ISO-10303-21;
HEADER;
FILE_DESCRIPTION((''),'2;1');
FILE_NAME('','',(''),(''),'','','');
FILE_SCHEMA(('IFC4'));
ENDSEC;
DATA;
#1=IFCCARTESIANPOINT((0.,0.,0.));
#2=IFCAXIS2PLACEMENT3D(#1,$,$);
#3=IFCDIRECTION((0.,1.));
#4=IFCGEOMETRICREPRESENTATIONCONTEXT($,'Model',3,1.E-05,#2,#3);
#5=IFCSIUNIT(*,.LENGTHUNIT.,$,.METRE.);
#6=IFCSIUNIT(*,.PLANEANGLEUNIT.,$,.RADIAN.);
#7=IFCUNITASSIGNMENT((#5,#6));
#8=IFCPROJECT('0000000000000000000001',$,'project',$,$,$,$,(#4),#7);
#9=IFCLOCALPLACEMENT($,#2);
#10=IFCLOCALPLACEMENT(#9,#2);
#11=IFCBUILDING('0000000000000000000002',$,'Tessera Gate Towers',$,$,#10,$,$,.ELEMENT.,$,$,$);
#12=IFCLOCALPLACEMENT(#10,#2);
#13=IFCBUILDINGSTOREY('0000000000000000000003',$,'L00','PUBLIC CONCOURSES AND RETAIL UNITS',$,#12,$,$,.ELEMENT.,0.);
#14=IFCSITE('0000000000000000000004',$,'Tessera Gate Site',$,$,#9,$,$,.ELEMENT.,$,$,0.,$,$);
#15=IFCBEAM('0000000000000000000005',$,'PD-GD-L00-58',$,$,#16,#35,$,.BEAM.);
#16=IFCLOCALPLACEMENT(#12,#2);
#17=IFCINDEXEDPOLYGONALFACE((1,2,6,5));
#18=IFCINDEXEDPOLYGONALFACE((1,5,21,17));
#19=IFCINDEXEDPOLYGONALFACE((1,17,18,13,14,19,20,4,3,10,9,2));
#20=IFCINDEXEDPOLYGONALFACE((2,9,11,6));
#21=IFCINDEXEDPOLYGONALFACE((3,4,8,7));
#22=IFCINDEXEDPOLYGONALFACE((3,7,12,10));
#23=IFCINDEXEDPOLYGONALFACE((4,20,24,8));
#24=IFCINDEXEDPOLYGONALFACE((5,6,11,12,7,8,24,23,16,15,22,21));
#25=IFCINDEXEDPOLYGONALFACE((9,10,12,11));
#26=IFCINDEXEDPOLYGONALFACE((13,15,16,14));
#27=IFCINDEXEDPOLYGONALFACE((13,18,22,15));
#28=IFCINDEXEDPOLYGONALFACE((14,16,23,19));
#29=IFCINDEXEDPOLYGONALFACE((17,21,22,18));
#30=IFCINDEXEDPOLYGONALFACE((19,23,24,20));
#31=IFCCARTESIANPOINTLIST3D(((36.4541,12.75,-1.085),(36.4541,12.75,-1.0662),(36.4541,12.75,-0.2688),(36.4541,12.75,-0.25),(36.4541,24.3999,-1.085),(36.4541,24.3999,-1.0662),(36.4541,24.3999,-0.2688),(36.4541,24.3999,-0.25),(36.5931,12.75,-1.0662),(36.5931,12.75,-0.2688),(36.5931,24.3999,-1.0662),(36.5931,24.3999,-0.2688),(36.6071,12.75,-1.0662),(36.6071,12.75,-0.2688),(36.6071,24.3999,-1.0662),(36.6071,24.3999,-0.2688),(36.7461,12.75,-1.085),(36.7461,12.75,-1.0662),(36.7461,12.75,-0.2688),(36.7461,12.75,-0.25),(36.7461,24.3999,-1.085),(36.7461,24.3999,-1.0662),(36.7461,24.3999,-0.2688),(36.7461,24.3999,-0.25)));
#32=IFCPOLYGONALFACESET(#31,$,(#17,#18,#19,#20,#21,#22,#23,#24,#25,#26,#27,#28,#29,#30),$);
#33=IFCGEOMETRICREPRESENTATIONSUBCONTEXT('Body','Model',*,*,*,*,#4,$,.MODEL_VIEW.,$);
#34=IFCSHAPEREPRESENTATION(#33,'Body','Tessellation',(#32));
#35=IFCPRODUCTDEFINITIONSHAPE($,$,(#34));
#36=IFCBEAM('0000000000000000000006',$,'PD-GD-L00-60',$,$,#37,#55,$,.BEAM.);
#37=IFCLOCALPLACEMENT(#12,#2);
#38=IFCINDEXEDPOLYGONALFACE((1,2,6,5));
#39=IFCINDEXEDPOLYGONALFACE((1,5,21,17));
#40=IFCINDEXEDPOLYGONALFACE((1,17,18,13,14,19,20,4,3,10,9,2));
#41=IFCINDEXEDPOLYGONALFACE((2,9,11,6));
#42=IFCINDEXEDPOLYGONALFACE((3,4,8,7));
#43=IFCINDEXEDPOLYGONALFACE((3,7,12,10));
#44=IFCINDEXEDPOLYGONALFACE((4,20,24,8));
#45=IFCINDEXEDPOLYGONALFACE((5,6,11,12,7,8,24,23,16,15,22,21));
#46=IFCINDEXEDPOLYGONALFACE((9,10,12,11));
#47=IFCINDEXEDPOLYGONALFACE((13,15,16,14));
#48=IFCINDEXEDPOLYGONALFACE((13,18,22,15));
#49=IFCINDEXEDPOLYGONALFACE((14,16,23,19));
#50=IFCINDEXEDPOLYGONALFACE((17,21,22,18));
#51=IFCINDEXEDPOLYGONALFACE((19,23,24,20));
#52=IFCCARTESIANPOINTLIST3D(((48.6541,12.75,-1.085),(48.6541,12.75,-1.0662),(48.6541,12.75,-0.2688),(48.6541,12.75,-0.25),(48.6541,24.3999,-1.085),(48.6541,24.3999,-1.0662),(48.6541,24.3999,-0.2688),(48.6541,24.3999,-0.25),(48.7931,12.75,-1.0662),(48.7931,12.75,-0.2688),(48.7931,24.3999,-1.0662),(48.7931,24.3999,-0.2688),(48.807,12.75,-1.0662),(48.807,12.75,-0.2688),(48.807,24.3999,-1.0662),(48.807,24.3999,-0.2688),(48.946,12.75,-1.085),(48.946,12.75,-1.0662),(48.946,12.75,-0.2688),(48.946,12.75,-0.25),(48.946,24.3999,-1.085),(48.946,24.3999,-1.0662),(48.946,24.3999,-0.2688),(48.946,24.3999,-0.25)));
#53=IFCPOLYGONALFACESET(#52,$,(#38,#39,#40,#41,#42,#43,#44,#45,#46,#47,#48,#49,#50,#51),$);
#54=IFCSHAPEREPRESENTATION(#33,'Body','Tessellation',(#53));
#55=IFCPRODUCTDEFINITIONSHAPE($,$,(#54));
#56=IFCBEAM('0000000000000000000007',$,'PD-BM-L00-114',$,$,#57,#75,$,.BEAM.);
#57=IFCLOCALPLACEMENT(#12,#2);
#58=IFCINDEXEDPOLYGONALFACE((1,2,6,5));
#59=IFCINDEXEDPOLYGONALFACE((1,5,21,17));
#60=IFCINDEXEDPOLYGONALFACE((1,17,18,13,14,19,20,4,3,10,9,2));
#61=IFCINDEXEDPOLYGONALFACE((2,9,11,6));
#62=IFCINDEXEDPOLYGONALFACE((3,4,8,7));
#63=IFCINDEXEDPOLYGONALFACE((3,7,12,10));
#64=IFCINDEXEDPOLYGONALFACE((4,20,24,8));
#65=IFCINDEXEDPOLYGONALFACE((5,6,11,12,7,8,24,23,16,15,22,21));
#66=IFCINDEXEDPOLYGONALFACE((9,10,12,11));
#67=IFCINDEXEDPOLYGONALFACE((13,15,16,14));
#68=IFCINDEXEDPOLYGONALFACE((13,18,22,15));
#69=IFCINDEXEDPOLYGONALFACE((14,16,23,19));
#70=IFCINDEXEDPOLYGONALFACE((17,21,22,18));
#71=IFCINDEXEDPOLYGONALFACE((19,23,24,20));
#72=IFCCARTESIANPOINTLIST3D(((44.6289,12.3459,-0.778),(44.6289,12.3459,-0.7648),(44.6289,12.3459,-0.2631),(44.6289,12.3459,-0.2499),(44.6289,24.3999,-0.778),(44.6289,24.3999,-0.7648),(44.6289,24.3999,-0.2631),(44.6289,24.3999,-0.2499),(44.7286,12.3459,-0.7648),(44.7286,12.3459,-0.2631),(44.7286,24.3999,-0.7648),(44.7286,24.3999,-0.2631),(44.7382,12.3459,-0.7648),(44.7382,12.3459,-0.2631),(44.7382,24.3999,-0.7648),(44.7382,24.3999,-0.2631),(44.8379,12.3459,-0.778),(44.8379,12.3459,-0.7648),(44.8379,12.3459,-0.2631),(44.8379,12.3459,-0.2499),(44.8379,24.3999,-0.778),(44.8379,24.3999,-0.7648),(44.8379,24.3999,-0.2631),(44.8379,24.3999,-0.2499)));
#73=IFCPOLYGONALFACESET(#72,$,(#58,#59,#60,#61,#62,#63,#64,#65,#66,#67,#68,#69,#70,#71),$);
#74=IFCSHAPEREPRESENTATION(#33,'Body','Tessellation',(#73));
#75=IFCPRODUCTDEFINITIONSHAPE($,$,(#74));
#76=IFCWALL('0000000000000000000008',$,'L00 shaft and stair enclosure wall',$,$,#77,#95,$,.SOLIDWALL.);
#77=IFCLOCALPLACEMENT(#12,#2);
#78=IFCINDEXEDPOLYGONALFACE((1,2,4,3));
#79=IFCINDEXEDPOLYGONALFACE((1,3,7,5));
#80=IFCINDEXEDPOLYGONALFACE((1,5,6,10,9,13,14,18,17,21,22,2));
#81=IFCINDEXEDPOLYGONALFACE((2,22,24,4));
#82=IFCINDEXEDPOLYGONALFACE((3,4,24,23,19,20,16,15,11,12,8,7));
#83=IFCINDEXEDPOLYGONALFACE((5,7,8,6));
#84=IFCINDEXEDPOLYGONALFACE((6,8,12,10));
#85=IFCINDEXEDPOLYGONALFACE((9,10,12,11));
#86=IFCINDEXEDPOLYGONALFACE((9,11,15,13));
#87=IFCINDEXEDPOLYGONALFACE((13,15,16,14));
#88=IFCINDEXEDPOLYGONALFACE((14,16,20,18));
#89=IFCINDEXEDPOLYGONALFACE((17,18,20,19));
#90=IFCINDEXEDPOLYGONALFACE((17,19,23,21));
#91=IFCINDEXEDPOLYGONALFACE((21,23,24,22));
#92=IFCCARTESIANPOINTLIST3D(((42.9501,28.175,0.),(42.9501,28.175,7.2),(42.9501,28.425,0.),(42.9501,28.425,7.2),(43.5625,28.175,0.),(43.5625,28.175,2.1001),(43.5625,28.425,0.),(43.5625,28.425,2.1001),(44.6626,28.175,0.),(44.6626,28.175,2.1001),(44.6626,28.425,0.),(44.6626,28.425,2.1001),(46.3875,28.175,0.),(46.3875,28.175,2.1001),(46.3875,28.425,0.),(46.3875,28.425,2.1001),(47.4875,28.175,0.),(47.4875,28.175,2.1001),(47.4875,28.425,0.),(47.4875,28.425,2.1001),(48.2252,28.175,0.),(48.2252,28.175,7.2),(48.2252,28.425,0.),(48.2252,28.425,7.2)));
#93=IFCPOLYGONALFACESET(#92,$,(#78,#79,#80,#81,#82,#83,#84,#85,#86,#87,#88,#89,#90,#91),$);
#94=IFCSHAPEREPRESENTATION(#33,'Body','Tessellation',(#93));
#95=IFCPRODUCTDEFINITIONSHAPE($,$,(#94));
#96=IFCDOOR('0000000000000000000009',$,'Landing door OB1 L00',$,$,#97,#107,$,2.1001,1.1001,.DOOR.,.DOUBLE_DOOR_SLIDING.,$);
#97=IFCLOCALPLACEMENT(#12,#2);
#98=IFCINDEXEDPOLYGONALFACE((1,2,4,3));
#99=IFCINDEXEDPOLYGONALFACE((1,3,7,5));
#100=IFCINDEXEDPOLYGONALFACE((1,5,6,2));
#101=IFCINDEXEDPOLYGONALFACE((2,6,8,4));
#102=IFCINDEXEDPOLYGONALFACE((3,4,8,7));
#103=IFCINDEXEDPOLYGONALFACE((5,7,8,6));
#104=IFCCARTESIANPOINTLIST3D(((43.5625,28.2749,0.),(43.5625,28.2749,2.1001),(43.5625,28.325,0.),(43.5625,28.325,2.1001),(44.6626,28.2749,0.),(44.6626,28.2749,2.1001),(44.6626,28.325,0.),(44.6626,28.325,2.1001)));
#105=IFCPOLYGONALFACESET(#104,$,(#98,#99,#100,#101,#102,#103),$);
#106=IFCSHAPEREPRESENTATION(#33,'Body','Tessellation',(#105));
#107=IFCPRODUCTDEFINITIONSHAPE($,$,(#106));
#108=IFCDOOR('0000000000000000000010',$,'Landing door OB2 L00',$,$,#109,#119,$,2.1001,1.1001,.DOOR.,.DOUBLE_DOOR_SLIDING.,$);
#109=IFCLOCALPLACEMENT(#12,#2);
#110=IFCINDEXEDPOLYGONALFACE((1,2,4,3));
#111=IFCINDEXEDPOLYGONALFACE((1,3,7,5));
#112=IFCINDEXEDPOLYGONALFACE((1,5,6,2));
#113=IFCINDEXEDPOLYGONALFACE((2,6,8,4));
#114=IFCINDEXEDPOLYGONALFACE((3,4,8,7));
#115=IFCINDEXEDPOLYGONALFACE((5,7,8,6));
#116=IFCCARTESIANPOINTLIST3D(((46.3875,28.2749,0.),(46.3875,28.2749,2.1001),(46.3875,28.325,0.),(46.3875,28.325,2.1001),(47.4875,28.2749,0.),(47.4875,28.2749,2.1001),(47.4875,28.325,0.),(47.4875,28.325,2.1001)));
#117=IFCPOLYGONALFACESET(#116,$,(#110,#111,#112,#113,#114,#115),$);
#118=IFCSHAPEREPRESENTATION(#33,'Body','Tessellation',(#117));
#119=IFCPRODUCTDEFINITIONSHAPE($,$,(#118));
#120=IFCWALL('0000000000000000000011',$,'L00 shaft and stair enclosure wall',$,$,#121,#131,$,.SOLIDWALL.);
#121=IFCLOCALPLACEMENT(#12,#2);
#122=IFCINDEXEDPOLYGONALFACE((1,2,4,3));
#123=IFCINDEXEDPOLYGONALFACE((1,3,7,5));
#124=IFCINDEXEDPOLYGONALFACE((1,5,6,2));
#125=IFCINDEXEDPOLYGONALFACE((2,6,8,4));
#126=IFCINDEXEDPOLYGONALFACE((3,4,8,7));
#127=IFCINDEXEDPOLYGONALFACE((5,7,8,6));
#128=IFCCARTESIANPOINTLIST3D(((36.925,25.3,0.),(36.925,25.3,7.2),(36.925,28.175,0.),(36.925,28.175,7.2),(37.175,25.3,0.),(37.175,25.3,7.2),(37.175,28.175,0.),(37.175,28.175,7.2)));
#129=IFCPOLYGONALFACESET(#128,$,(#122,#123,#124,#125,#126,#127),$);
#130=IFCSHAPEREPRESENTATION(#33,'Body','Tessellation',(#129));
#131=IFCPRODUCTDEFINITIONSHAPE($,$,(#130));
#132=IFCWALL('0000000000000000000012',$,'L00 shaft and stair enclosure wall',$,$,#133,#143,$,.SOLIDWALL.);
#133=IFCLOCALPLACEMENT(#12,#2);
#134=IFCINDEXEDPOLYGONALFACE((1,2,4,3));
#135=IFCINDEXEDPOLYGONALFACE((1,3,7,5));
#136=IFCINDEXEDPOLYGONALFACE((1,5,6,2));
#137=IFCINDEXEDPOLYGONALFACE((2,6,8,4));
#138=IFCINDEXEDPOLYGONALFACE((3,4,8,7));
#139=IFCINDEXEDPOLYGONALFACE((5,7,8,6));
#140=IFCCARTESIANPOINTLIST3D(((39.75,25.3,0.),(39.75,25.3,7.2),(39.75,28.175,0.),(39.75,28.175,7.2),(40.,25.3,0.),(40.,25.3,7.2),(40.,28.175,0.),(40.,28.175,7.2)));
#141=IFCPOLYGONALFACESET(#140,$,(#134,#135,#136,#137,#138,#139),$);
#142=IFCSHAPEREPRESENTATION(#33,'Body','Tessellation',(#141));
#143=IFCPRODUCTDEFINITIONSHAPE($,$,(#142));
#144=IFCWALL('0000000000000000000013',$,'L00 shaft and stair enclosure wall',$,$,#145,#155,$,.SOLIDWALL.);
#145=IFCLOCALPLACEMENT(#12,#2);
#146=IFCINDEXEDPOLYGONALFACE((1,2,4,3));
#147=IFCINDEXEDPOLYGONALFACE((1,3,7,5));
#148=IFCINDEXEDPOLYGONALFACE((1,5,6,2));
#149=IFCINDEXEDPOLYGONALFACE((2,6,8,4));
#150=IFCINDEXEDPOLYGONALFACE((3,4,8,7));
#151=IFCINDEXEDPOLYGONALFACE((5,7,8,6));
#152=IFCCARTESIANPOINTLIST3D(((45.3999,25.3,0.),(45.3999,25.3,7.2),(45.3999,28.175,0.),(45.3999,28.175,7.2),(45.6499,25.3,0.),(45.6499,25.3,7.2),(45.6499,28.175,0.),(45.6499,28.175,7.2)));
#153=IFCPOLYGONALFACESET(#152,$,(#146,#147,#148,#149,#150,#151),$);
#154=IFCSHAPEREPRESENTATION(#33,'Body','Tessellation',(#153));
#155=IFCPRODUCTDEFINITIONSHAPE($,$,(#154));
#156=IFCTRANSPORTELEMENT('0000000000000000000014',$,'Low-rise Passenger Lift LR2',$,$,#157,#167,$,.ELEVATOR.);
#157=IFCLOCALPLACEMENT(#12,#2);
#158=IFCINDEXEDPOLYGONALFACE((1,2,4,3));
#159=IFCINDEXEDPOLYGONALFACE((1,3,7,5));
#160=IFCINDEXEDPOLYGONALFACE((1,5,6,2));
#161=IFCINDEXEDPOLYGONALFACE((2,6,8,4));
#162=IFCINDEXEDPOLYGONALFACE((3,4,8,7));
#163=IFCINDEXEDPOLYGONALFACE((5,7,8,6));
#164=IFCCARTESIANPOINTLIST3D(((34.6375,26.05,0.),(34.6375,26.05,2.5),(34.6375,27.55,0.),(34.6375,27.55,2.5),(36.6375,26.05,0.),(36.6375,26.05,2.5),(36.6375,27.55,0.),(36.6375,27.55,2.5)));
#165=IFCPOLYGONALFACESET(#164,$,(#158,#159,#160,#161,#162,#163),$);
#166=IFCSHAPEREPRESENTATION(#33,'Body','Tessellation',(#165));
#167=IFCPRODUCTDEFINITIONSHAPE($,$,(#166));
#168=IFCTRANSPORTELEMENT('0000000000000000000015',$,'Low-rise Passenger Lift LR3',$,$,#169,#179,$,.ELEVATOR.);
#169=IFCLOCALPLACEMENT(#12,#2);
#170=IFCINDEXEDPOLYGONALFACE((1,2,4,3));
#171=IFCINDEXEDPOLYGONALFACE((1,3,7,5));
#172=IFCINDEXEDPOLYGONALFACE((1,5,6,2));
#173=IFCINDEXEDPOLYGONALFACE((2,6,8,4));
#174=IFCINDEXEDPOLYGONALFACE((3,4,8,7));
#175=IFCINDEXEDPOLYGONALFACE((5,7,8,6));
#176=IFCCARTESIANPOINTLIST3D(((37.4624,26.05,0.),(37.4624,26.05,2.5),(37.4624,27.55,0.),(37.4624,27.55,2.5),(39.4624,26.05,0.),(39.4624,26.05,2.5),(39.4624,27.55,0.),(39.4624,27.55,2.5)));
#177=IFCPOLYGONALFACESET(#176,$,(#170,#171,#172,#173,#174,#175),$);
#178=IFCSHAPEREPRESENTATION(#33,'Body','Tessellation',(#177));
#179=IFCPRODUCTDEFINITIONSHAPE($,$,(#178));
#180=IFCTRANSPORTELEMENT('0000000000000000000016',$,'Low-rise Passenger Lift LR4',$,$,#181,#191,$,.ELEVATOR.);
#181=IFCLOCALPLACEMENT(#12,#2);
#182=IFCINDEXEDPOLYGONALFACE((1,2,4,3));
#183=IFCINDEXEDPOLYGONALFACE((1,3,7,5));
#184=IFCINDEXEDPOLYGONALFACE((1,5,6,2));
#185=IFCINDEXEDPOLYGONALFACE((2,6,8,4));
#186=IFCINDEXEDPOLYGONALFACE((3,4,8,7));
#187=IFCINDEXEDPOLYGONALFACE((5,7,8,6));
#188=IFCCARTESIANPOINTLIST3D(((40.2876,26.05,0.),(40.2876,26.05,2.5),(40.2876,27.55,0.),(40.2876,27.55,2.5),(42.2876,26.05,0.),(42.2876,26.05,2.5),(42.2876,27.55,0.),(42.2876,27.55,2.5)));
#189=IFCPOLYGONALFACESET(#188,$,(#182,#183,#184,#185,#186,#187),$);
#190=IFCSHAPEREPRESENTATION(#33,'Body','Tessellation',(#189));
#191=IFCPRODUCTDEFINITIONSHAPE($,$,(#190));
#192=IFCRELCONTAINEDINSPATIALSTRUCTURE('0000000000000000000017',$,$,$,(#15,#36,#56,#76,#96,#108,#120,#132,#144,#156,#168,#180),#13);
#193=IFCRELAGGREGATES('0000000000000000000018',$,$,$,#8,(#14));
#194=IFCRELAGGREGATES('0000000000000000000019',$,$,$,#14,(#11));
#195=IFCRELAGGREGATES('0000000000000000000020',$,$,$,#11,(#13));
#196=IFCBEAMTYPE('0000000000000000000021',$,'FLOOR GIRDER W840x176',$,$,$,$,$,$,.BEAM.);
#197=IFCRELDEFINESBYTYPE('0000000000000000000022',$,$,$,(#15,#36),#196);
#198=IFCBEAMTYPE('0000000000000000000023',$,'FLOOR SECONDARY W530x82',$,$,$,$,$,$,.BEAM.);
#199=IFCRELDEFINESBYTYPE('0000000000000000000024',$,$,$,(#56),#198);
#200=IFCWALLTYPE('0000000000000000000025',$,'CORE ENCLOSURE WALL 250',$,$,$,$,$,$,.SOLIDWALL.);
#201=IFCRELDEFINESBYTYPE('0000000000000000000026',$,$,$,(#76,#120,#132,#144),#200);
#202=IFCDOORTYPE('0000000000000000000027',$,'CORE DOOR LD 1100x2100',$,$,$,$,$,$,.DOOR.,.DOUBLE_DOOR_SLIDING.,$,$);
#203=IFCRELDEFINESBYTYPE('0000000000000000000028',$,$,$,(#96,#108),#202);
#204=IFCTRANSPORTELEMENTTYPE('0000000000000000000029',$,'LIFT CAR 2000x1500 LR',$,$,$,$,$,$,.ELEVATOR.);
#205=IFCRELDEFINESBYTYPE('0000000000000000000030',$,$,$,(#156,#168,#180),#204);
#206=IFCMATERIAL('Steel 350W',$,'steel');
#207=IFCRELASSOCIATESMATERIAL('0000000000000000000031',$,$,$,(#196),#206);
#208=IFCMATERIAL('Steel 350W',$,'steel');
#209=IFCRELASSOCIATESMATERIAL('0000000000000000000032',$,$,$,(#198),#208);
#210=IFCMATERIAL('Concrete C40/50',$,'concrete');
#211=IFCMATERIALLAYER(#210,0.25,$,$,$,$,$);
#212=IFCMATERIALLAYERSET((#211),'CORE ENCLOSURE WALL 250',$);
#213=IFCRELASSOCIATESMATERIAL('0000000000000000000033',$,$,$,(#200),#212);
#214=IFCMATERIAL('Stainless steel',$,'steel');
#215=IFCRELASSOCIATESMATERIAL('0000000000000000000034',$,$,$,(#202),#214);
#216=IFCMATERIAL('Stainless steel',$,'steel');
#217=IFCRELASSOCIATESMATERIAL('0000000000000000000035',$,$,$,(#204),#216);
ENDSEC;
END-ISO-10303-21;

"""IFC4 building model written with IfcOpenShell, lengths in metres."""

from ifc_helpers import new_model, si_unit, direction, frame, frame_2d, origin, origin_2d, place, context, subcontext, project, spatial, rectangle, i_section, extrude, source, transform, mapped, material, layer, layer_set, material_profile, profile_set, type_object, element, fill, save


model = new_model("IFC4")

# Units and contexts
model_context = context("Model", 3, precision=1e-05, world=origin(), true_north=direction((0.0, 1.0)))
body_context = subcontext(model_context, "Body", "Model", "MODEL_VIEW")
ifc_project = project(units=[si_unit("LENGTHUNIT", "METRE"), si_unit("PLANEANGLEUNIT", "RADIAN")], contexts=[model_context])

# Site, building, storey
site_placement = place(None, origin())
site = spatial("IfcSite", under=ifc_project, at=site_placement, Name="Tessera Gate Site", CompositionType="ELEMENT", RefElevation=0.0)
building_placement = place(site_placement, origin())
building = spatial("IfcBuilding", under=site, at=building_placement, Name="Tessera Gate Towers", CompositionType="ELEMENT")
storey_placement = place(building_placement, origin())
storey = spatial("IfcBuildingStorey", under=building, at=storey_placement, Name="L00", Description="PUBLIC CONCOURSES AND RETAIL UNITS", CompositionType="ELEMENT", Elevation=0.0)

# Beams
ifc_material_1 = material(Name="Steel 350W", Category="steel")
ifc_material_profile_1 = material_profile(ifc_material_1, i_section(OverallWidth=0.292, OverallDepth=0.835, WebThickness=0.0139, FlangeThickness=0.0188, at=origin_2d()), Name="W840x176")
ifc_profile_set_1 = profile_set([ifc_material_profile_1], Name="Steel 350W")
beam_type_1 = type_object("IfcBeamType", Name="FLOOR GIRDER W840x176", PredefinedType="BEAM", material=ifc_profile_set_1)
for number, where, z_axis, x_axis, name in (
    (1, (36.6001, 12.75, -0.6675), (0.0, 1.0, 0.0), (-1.0, 0.0, 0.0), "PD-GD-L00-58"),
    (2, (48.8, 12.75, -0.6675), (0.0, 1.0, 0.0), (-1.0, 0.0, 0.0), "PD-GD-L00-60"),
):
    element("IfcBeam", number, at=place(storey_placement, frame(where, z_axis=z_axis, x_axis=x_axis)), inside=storey, type_object=beam_type_1, Name=name, PredefinedType="BEAM", context=body_context, shape_type="SweptSolid", body=[
        extrude(i_section(OverallWidth=0.292, OverallDepth=0.835, WebThickness=0.0139, FlangeThickness=0.0188, at=origin_2d()), origin(), (0.0, 0.0, 1.0), 11.6499),
    ])
ifc_material_2 = material(Name="Steel 350W", Category="steel")
ifc_material_profile_2 = material_profile(ifc_material_2, i_section(OverallWidth=0.209, OverallDepth=0.5281, WebThickness=0.0095, FlangeThickness=0.0132, at=origin_2d()), Name="W530x82")
ifc_profile_set_2 = profile_set([ifc_material_profile_2], Name="Steel 350W")
beam_type_2 = type_object("IfcBeamType", Name="FLOOR SECONDARY W530x82", PredefinedType="BEAM", material=ifc_profile_set_2)
beam_placement = place(storey_placement, frame((44.7334, 12.3459, -0.5139), z_axis=(0.0, 1.0, 0.0), x_axis=(-1.0, 0.0, 0.0)))
element("IfcBeam", 3, at=beam_placement, inside=storey, type_object=beam_type_2, Name="PD-BM-L00-114", PredefinedType="BEAM", context=body_context, shape_type="SweptSolid", body=[
    extrude(i_section(OverallWidth=0.209, OverallDepth=0.5281, WebThickness=0.0095, FlangeThickness=0.0132, at=origin_2d()), origin(), (0.0, 0.0, 1.0), 12.054),
])

# Wall, openings, doors
ifc_material_3 = material(Name="Concrete C40/50", Category="concrete")
ifc_layer_1 = layer(ifc_material_3, 0.25)
ifc_layer_set_1 = layer_set([ifc_layer_1], Name="CORE ENCLOSURE WALL 250")
wall_type_1 = type_object("IfcWallType", Name="CORE ENCLOSURE WALL 250", PredefinedType="SOLIDWALL", material=ifc_layer_set_1)
wall_1_placement = place(storey_placement, frame((42.95, 28.3, 0.0), z_axis=(0.0, 0.0, 1.0), x_axis=(1.0, 0.0, 0.0)))
wall_1 = element("IfcWall", 4, at=wall_1_placement, inside=storey, type_object=wall_type_1, Name="L00 shaft and stair enclosure wall", PredefinedType="SOLIDWALL", context=body_context, shape_type="SweptSolid", body=[
    extrude(rectangle(XDim=5.2751, YDim=0.25, at=frame_2d((2.6377, 0.0))), origin(), (0.0, 0.0, 1.0), 7.2),
])
shared_shape_1 = source(origin(), body_context, "Body", "SweptSolid", [
    extrude(rectangle(XDim=1.1001, YDim=2.1001, at=frame_2d((0.55, 1.05))), frame((0.0, 0.135, 0.0), z_axis=(0.0, -1.0, 0.0), x_axis=(1.0, 0.0, 0.0)), (0.0, 0.0, 1.0), 0.27),
])
opening_1_placement = place(wall_1_placement, frame((0.6125, 0.0, 0.0)))
opening_1 = element("IfcOpeningElement", 5, at=opening_1_placement, cuts=wall_1, PredefinedType="OPENING", context=body_context, shape_type="MappedRepresentation", body=[
    mapped(shared_shape_1, transform((0.0, 0.0, 0.0), scale=1.0)),
])
opening_2_placement = place(wall_1_placement, frame((3.4375, 0.0, 0.0)))
opening_2 = element("IfcOpeningElement", 6, at=opening_2_placement, cuts=wall_1, PredefinedType="OPENING", context=body_context, shape_type="MappedRepresentation", body=[
    mapped(shared_shape_1, transform((0.0, 0.0, 0.0), scale=1.0)),
])
ifc_material_4 = material(Name="Stainless steel", Category="steel")
door_type_1 = type_object("IfcDoorType", Name="CORE DOOR LD 1100x2100", OperationType="DOUBLE_DOOR_SLIDING", PredefinedType="DOOR", material=ifc_material_4)
shared_shape_2 = source(origin(), body_context, "Body", "SweptSolid", [
    extrude(rectangle(XDim=1.1001, YDim=2.1001, at=frame_2d((0.55, 1.05))), frame((0.0, 0.0249, 0.0), z_axis=(0.0, -1.0, 0.0), x_axis=(1.0, 0.0, 0.0)), (0.0, 0.0, 1.0), 0.05),
])
door_1_placement = place(opening_1_placement, origin())
door_1 = element("IfcDoor", 7, at=door_1_placement, inside=storey, type_object=door_type_1, Name="Landing door OB1 L00", OperationType="DOUBLE_DOOR_SLIDING", OverallHeight=2.1001, OverallWidth=1.1001, PredefinedType="DOOR", context=body_context, shape_type="MappedRepresentation", body=[
    mapped(shared_shape_2, transform((0.0, 0.0, 0.0), scale=1.0)),
])
fill(opening_1, door_1)
door_2_placement = place(opening_2_placement, origin())
door_2 = element("IfcDoor", 8, at=door_2_placement, inside=storey, type_object=door_type_1, Name="Landing door OB2 L00", OperationType="DOUBLE_DOOR_SLIDING", OverallHeight=2.1001, OverallWidth=1.1001, PredefinedType="DOOR", context=body_context, shape_type="MappedRepresentation", body=[
    mapped(shared_shape_2, transform((0.0, 0.0, 0.0), scale=1.0)),
])
fill(opening_2, door_2)

# Walls
for number, where, z_axis, x_axis, name in (
    (9, (37.05, 25.3, 0.0), (0.0, 0.0, 1.0), (0.0, 1.0, 0.0), "L00 shaft and stair enclosure wall"),
    (10, (39.875, 25.3, 0.0), (0.0, 0.0, 1.0), (0.0, 1.0, 0.0), "L00 shaft and stair enclosure wall"),
    (11, (45.5249, 25.3, 0.0), (0.0, 0.0, 1.0), (0.0, 1.0, 0.0), "L00 shaft and stair enclosure wall"),
):
    element("IfcWall", number, at=place(storey_placement, frame(where, z_axis=z_axis, x_axis=x_axis)), inside=storey, type_object=wall_type_1, Name=name, PredefinedType="SOLIDWALL", context=body_context, shape_type="SweptSolid", body=[
        extrude(rectangle(XDim=2.875, YDim=0.25, at=frame_2d((1.4375, 0.0))), origin(), (0.0, 0.0, 1.0), 7.2),
    ])

# Transport elements
ifc_material_5 = material(Name="Stainless steel", Category="steel")
transport_element_type_1 = type_object("IfcTransportElementType", Name="LIFT CAR 2000x1500 LR", PredefinedType="ELEVATOR", material=ifc_material_5)
for number, where, z_axis, x_axis, name in (
    (12, (35.6375, 26.8, 0.0), (0.0, 0.0, 1.0), (1.0, 0.0, 0.0), "Low-rise Passenger Lift LR2"),
    (13, (38.4624, 26.8, 0.0), (0.0, 0.0, 1.0), (1.0, 0.0, 0.0), "Low-rise Passenger Lift LR3"),
    (14, (41.2876, 26.8, 0.0), (0.0, 0.0, 1.0), (1.0, 0.0, 0.0), "Low-rise Passenger Lift LR4"),
):
    element("IfcTransportElement", number, at=place(storey_placement, frame(where, z_axis=z_axis, x_axis=x_axis)), inside=storey, type_object=transport_element_type_1, Name=name, PredefinedType="ELEVATOR", context=body_context, shape_type="SweptSolid", body=[
        extrude(rectangle(XDim=2.0, YDim=1.5, at=origin_2d()), origin(), (0.0, 0.0, 1.0), 2.5),
    ])

save(model, "model.ifc")
